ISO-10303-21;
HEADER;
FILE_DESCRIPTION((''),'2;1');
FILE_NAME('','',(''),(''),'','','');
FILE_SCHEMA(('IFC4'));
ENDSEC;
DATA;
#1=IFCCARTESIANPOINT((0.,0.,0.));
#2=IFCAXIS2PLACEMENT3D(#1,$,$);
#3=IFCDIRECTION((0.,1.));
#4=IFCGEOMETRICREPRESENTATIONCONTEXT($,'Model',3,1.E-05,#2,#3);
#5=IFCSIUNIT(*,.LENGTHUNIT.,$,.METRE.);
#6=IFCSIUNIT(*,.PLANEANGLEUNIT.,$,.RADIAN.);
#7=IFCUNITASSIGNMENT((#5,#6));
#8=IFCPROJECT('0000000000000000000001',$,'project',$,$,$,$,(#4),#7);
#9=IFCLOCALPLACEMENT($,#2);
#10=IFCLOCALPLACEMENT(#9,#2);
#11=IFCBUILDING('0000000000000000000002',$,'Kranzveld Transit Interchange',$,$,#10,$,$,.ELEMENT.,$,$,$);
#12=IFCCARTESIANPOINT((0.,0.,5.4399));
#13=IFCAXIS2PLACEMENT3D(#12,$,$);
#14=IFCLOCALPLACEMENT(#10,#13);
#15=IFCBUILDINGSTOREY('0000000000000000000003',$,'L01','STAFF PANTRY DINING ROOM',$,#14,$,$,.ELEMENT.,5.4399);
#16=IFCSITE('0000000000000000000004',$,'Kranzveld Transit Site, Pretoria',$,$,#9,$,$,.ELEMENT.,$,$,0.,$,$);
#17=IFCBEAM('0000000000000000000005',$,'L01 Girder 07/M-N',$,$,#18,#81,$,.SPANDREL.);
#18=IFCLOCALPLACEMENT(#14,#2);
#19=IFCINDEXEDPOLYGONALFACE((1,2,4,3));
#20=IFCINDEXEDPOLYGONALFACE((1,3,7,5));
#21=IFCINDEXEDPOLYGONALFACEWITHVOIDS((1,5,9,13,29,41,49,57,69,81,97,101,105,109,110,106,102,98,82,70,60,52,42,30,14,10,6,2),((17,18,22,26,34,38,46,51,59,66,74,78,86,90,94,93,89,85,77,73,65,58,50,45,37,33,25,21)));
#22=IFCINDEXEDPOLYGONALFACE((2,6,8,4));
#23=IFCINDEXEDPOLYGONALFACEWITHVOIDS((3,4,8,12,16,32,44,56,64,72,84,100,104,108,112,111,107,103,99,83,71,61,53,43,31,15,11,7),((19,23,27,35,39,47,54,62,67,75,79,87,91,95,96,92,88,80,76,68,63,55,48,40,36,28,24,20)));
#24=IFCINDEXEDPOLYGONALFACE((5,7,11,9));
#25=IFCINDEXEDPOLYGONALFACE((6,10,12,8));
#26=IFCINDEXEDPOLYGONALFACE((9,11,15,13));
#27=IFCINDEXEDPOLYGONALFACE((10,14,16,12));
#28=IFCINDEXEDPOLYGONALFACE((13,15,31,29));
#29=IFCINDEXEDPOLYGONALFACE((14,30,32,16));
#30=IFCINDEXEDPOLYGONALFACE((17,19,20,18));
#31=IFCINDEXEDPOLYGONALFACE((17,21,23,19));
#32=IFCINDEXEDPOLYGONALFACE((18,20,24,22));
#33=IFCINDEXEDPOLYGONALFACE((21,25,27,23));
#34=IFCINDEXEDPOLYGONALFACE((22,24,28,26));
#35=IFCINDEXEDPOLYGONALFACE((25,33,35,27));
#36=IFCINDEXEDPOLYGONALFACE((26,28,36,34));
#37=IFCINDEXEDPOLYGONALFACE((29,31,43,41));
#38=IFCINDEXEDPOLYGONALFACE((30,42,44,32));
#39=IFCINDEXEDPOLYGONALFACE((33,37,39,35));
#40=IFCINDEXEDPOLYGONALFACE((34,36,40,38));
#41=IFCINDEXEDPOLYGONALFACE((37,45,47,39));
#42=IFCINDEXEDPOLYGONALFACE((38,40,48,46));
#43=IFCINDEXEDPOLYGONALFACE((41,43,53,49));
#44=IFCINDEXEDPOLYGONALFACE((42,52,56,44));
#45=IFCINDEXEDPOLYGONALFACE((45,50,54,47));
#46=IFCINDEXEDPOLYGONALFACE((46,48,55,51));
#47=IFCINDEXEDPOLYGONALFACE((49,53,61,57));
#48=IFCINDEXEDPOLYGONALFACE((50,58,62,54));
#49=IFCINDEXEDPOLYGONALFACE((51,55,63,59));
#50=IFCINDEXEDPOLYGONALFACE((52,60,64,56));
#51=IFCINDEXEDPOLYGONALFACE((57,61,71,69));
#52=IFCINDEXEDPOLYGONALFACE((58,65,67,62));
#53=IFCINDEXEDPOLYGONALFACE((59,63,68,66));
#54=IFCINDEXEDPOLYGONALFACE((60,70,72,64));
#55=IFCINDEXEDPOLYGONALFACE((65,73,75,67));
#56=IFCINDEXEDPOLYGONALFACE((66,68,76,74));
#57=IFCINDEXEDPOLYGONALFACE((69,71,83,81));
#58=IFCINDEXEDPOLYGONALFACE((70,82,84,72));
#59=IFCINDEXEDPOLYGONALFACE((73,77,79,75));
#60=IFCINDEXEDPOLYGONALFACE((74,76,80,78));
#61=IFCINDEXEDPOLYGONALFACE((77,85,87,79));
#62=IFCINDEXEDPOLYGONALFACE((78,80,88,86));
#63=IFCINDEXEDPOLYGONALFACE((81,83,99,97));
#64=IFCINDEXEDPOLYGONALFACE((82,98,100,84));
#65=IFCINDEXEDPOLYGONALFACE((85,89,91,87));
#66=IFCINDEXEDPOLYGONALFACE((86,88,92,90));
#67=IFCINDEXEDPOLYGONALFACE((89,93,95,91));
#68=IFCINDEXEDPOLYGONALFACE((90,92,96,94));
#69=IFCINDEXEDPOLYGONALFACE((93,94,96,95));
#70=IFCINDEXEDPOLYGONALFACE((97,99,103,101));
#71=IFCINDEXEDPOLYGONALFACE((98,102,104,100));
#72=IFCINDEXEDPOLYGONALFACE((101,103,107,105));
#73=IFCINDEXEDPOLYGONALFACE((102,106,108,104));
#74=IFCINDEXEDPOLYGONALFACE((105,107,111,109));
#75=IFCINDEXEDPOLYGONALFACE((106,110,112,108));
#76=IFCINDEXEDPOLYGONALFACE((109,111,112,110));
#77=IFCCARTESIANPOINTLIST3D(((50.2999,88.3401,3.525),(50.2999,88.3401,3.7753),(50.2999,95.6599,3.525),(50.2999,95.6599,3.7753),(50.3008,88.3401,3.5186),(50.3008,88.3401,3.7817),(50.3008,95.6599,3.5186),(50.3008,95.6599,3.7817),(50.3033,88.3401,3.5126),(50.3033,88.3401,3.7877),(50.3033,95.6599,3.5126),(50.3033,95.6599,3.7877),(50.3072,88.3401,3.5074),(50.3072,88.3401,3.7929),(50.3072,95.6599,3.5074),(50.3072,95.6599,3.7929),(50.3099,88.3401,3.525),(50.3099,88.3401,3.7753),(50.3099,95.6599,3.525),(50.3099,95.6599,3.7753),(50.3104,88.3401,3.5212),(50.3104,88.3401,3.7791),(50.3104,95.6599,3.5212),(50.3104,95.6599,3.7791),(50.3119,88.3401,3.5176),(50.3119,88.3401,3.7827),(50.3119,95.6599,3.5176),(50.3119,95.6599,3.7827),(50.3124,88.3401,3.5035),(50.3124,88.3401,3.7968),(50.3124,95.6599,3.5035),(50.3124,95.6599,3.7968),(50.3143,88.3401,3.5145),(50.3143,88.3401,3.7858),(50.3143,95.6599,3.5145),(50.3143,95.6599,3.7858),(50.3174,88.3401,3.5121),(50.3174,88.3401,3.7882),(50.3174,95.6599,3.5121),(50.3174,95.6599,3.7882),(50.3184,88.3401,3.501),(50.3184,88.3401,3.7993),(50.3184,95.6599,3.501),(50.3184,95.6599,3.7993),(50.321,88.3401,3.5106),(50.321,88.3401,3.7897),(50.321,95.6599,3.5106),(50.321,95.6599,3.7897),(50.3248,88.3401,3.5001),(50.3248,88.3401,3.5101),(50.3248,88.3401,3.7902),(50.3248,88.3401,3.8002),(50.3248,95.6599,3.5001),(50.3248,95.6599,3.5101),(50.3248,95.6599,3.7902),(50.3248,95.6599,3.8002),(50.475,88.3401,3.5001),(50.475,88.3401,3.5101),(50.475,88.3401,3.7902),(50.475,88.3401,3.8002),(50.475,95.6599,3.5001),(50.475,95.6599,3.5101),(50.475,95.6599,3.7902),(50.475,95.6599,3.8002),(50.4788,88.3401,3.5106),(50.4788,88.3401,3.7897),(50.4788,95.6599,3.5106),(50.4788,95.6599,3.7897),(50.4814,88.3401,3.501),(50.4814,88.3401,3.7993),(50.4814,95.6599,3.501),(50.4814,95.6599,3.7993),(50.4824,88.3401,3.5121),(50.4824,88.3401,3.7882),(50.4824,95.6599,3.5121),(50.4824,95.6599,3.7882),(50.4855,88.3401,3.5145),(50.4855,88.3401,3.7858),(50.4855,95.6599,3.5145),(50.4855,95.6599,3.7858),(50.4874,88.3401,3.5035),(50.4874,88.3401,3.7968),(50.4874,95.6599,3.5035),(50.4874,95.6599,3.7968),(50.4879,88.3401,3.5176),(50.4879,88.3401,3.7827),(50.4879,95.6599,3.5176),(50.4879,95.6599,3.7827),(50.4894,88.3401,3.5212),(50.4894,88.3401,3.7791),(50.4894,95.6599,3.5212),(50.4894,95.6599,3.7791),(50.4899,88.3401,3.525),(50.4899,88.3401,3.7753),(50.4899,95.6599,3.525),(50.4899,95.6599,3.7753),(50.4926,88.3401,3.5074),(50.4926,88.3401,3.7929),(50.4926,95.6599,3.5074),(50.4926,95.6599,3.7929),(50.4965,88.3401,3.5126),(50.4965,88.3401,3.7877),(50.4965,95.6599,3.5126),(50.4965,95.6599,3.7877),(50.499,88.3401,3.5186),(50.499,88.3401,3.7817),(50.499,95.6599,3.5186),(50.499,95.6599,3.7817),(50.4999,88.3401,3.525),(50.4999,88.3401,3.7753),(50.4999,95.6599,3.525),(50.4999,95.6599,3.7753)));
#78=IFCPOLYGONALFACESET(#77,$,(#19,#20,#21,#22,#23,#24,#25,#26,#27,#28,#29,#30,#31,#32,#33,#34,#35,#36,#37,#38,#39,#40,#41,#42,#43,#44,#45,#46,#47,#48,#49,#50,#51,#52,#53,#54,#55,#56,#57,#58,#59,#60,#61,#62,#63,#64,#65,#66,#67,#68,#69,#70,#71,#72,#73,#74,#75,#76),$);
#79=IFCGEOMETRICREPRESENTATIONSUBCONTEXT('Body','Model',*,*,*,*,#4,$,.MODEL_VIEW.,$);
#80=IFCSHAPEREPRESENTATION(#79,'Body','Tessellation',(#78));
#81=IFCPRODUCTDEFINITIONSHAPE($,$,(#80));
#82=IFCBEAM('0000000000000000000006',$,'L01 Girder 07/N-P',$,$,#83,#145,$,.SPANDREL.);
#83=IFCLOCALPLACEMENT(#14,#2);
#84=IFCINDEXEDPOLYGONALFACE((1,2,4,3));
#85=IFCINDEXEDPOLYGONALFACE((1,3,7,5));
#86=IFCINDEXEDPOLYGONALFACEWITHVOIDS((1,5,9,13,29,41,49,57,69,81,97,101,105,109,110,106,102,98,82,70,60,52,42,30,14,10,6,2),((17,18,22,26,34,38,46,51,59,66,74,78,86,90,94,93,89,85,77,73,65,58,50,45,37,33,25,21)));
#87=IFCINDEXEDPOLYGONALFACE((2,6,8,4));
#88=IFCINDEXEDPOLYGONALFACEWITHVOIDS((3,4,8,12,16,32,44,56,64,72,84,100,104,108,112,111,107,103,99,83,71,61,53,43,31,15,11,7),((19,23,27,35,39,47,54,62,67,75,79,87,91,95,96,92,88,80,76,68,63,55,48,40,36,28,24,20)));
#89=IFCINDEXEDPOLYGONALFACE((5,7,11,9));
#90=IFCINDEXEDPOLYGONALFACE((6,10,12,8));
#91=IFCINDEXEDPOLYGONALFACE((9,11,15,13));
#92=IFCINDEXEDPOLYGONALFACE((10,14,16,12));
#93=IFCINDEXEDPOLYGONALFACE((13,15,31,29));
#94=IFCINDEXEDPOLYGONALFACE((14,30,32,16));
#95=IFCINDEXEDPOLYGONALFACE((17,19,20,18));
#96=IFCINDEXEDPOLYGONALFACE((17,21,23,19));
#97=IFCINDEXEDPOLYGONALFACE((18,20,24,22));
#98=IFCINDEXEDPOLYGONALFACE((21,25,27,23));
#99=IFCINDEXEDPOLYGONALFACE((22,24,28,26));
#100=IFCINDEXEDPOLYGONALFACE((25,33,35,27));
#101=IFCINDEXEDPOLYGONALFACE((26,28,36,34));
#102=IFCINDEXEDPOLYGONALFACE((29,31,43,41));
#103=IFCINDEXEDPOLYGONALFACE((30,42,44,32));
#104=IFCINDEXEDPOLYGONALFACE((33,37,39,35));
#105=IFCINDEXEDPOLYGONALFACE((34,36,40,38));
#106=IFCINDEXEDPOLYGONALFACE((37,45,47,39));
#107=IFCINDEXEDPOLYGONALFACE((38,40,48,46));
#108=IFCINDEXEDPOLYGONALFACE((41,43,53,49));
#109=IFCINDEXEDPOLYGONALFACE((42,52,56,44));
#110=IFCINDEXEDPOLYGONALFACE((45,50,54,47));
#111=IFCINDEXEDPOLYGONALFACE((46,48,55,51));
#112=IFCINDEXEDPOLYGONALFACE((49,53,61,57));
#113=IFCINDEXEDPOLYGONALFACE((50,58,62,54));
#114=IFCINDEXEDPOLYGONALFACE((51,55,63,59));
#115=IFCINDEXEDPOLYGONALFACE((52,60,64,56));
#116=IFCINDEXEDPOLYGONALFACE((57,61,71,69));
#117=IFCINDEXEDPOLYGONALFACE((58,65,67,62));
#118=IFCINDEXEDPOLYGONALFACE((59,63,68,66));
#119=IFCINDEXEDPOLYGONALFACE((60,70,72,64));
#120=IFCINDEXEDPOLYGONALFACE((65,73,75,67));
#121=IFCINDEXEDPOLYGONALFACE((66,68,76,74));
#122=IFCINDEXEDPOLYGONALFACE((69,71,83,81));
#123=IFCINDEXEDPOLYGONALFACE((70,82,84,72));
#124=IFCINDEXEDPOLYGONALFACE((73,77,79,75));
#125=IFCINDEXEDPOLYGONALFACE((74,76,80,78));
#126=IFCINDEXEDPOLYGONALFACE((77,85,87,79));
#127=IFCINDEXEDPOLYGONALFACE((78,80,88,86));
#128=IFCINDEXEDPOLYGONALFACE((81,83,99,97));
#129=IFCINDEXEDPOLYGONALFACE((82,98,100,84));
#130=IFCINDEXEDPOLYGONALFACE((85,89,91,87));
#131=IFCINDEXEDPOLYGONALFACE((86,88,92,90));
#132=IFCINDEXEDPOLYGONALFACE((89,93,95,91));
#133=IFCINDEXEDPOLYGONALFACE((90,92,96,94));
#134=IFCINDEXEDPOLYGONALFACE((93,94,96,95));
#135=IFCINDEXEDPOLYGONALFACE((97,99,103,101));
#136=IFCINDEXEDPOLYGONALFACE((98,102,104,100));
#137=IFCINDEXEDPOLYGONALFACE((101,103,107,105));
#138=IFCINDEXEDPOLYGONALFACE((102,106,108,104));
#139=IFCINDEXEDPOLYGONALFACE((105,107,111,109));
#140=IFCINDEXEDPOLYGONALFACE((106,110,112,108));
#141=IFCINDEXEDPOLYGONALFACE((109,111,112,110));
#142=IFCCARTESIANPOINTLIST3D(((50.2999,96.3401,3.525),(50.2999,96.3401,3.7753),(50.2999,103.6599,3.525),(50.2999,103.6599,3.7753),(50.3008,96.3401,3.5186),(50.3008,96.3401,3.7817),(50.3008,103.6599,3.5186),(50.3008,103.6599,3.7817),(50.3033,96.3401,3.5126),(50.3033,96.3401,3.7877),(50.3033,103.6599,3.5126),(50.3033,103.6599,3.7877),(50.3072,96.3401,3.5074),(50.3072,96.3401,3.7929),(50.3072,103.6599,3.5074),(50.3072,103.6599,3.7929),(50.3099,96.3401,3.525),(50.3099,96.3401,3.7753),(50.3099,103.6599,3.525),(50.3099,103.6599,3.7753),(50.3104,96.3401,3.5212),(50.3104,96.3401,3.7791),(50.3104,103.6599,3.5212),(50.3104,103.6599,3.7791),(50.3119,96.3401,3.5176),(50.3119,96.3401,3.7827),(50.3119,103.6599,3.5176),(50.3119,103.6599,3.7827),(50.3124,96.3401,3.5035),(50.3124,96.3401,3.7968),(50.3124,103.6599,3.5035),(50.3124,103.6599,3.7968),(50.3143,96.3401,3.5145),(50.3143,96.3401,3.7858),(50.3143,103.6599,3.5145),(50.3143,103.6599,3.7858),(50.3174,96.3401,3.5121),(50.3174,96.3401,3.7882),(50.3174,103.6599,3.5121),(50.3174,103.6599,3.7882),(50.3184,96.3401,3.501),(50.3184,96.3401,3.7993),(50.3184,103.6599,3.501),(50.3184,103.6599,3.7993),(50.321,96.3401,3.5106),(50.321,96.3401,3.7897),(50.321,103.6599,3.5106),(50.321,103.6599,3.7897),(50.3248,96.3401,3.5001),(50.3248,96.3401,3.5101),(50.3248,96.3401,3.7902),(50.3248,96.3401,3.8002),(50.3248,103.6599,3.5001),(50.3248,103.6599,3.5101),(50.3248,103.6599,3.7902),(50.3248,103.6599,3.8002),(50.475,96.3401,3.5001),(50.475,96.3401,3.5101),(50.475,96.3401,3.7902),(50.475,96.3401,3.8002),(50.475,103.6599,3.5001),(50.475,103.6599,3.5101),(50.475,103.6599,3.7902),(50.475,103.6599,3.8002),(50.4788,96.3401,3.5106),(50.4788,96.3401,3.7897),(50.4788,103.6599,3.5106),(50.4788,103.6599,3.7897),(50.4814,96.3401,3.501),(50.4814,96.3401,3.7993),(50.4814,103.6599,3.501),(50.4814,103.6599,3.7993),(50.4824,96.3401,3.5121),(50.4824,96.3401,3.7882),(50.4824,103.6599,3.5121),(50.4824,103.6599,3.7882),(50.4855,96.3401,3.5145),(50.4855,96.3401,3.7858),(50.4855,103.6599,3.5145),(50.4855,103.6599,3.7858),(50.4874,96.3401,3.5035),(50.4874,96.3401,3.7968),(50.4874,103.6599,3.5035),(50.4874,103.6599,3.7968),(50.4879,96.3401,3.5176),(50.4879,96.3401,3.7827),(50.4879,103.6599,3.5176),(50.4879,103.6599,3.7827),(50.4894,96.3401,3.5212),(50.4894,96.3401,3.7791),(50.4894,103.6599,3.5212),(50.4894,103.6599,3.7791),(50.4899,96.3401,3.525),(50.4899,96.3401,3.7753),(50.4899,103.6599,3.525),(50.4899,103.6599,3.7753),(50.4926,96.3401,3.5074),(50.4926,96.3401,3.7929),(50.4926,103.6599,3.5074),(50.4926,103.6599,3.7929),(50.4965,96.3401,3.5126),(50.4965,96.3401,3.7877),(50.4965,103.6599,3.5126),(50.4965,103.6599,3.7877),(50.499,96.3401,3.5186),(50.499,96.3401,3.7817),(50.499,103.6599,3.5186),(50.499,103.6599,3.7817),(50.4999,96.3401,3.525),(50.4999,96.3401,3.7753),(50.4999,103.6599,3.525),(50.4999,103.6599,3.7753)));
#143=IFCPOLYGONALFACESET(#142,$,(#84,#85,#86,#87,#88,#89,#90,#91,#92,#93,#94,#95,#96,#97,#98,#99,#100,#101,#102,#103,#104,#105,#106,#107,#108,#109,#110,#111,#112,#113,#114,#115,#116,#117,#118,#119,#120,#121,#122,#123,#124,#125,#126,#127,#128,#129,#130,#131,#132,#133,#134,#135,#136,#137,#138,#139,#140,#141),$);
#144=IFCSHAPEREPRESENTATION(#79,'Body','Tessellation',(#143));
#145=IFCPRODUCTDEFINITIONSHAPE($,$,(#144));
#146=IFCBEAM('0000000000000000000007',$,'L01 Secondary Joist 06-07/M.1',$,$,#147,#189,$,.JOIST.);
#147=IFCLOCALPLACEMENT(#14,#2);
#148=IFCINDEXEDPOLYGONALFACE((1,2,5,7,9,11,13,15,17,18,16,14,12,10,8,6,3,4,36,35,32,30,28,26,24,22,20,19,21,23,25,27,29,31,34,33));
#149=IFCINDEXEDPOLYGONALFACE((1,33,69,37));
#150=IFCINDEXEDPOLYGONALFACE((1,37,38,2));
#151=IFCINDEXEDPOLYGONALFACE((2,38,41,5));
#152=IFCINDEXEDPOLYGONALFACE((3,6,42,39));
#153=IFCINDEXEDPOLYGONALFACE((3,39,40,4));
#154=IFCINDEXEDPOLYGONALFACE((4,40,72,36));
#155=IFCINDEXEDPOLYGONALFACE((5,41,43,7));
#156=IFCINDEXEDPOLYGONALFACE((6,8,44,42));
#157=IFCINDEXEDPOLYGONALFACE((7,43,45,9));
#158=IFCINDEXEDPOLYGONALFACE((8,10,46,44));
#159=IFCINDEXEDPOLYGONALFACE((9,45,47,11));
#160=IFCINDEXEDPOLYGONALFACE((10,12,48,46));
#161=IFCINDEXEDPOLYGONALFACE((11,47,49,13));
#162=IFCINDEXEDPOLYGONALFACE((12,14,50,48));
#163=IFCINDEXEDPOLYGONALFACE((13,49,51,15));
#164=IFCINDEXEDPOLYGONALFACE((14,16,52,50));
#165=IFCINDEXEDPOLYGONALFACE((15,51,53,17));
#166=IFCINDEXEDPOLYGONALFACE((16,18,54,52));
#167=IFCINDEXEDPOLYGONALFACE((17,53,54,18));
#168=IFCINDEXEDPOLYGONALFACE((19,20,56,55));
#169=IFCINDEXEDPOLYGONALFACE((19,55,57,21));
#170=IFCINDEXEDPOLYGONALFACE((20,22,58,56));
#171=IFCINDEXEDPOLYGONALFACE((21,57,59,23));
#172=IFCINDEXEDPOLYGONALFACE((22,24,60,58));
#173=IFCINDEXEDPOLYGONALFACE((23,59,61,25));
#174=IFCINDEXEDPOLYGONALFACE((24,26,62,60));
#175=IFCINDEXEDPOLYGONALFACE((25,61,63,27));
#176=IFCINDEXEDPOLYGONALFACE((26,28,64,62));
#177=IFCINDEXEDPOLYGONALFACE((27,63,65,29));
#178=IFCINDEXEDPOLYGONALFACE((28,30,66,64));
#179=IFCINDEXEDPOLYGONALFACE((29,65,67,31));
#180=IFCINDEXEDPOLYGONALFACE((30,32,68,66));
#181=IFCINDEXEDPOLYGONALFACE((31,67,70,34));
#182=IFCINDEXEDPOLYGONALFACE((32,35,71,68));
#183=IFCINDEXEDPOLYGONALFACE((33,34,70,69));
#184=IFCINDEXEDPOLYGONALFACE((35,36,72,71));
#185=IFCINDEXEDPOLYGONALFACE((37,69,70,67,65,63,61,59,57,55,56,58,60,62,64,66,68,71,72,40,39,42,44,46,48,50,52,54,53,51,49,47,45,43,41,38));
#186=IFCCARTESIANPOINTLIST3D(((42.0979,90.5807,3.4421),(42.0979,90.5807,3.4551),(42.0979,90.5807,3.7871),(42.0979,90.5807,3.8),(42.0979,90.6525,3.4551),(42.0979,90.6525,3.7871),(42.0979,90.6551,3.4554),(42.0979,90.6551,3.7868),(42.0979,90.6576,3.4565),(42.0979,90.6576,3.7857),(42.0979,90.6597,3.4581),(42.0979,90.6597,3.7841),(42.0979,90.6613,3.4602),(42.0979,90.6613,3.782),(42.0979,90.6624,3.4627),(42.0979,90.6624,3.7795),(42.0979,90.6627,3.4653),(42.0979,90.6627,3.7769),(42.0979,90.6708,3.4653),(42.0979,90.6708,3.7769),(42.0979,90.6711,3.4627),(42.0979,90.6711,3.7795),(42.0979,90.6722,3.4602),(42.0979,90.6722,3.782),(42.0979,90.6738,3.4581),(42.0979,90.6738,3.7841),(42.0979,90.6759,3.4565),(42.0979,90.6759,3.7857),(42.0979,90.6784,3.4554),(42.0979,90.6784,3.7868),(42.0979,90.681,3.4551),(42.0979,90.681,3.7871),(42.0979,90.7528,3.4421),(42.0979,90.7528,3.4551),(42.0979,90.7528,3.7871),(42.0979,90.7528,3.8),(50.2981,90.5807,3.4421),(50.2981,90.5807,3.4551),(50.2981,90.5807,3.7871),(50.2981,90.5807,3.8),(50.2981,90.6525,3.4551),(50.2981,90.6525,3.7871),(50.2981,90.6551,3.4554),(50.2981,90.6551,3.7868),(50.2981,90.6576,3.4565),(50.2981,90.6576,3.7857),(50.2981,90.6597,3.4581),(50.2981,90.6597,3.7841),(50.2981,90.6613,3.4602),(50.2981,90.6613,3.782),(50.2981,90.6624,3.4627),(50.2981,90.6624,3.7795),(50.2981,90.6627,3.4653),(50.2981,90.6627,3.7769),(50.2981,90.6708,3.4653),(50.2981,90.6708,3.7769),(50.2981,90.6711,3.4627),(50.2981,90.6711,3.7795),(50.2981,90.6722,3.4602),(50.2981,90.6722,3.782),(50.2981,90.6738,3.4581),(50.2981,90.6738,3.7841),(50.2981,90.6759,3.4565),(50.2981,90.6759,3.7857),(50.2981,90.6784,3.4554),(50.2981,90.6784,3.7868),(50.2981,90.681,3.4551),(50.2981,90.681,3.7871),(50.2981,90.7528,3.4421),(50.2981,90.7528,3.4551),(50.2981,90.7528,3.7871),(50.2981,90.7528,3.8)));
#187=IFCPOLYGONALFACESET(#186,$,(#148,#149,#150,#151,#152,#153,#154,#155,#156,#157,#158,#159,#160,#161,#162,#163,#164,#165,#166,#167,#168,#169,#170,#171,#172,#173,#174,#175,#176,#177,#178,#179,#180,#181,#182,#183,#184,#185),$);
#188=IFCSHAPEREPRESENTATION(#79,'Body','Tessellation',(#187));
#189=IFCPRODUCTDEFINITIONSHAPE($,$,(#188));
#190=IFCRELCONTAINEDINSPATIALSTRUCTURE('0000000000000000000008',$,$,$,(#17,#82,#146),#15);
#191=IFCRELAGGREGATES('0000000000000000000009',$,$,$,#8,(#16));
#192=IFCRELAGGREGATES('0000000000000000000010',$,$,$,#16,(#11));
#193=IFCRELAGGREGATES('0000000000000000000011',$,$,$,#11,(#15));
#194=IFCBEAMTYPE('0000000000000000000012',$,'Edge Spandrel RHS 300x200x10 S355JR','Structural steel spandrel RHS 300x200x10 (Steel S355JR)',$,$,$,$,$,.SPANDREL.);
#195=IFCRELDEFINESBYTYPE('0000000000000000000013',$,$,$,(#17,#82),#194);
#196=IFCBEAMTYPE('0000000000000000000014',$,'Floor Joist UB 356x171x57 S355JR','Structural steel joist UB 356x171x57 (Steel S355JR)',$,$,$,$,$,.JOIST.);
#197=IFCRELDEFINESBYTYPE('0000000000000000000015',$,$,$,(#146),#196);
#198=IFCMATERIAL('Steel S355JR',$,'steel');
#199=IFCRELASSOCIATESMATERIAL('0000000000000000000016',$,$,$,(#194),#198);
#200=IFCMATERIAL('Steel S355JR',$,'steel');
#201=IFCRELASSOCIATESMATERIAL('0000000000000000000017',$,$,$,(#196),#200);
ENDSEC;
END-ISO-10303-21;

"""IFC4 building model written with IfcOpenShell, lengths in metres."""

from ifc_helpers import new_model, si_unit, direction, frame, origin, origin_2d, place, context, subcontext, project, spatial, hollow_rectangle, i_section, extrude, material, material_profile, profile_set, type_object, element, save


model = new_model("IFC4")

# Units and contexts
model_context = context("Model", 3, precision=1e-05, world=origin(), true_north=direction((0.0, 1.0)))
body_context = subcontext(model_context, "Body", "Model", "MODEL_VIEW")
ifc_project = project(units=[si_unit("LENGTHUNIT", "METRE"), si_unit("PLANEANGLEUNIT", "RADIAN")], contexts=[model_context])

# Site, building, storey
site_placement = place(None, origin())
site = spatial("IfcSite", under=ifc_project, at=site_placement, Name="Kranzveld Transit Site, Pretoria", CompositionType="ELEMENT", RefElevation=0.0)
building_placement = place(site_placement, origin())
building = spatial("IfcBuilding", under=site, at=building_placement, Name="Kranzveld Transit Interchange", CompositionType="ELEMENT")
storey_placement = place(building_placement, frame((0.0, 0.0, 5.4399)))
storey = spatial("IfcBuildingStorey", under=building, at=storey_placement, Name="L01", Description="STAFF PANTRY DINING ROOM", CompositionType="ELEMENT", Elevation=5.4399)

# Beams
ifc_material_1 = material(Name="Steel S355JR", Category="steel")
ifc_material_profile_1 = material_profile(ifc_material_1, hollow_rectangle(XDim=0.2, YDim=0.3, WallThickness=0.01, InnerFilletRadius=0.0149, OuterFilletRadius=0.0249, at=origin_2d()), Name="RHS 300x200x10")
ifc_profile_set_1 = profile_set([ifc_material_profile_1], Name="Steel S355JR")
beam_type_1 = type_object("IfcBeamType", Name="Edge Spandrel RHS 300x200x10 S355JR", Description="Structural steel spandrel RHS 300x200x10 (Steel S355JR)", PredefinedType="SPANDREL", material=ifc_profile_set_1)
for number, where, z_axis, x_axis, name in (
    (1, (50.3999, 88.3401, 3.6501), (0.0, 1.0, 0.0), (-1.0, 0.0, 0.0), "L01 Girder 07/M-N"),
    (2, (50.3999, 96.3401, 3.6501), (0.0, 1.0, 0.0), (-1.0, 0.0, 0.0), "L01 Girder 07/N-P"),
):
    element("IfcBeam", number, at=place(storey_placement, frame(where, z_axis=z_axis, x_axis=x_axis)), inside=storey, type_object=beam_type_1, Name=name, PredefinedType="SPANDREL", context=body_context, shape_type="SweptSolid", body=[
        extrude(hollow_rectangle(XDim=0.2, YDim=0.3, WallThickness=0.01, InnerFilletRadius=0.0149, OuterFilletRadius=0.0249, at=origin_2d()), origin(), (0.0, 0.0, 1.0), 7.3198),
    ])
ifc_material_2 = material(Name="Steel S355JR", Category="steel")
ifc_material_profile_2 = material_profile(ifc_material_2, i_section(OverallWidth=0.1721, OverallDepth=0.3579, WebThickness=0.0081, FlangeThickness=0.0129, FilletRadius=0.0103, at=origin_2d()), Name="UB 356x171x57")
ifc_profile_set_2 = profile_set([ifc_material_profile_2], Name="Steel S355JR")
beam_type_2 = type_object("IfcBeamType", Name="Floor Joist UB 356x171x57 S355JR", Description="Structural steel joist UB 356x171x57 (Steel S355JR)", PredefinedType="JOIST", material=ifc_profile_set_2)
for number, where, z_axis, x_axis, name in (
    (3, (42.0979, 90.6667, 3.6211), (1.0, 0.0, 0.0), (0.0, 1.0, 0.0), "L01 Secondary Joist 06-07/M.1"),
):
    element("IfcBeam", number, at=place(storey_placement, frame(where, z_axis=z_axis, x_axis=x_axis)), inside=storey, type_object=beam_type_2, Name=name, PredefinedType="JOIST", context=body_context, shape_type="SweptSolid", body=[
        extrude(i_section(OverallWidth=0.1721, OverallDepth=0.3579, WebThickness=0.0081, FlangeThickness=0.0129, FilletRadius=0.0103, at=origin_2d()), origin(), (0.0, 0.0, 1.0), 8.2002),
    ])

save(model, "model.ifc")
